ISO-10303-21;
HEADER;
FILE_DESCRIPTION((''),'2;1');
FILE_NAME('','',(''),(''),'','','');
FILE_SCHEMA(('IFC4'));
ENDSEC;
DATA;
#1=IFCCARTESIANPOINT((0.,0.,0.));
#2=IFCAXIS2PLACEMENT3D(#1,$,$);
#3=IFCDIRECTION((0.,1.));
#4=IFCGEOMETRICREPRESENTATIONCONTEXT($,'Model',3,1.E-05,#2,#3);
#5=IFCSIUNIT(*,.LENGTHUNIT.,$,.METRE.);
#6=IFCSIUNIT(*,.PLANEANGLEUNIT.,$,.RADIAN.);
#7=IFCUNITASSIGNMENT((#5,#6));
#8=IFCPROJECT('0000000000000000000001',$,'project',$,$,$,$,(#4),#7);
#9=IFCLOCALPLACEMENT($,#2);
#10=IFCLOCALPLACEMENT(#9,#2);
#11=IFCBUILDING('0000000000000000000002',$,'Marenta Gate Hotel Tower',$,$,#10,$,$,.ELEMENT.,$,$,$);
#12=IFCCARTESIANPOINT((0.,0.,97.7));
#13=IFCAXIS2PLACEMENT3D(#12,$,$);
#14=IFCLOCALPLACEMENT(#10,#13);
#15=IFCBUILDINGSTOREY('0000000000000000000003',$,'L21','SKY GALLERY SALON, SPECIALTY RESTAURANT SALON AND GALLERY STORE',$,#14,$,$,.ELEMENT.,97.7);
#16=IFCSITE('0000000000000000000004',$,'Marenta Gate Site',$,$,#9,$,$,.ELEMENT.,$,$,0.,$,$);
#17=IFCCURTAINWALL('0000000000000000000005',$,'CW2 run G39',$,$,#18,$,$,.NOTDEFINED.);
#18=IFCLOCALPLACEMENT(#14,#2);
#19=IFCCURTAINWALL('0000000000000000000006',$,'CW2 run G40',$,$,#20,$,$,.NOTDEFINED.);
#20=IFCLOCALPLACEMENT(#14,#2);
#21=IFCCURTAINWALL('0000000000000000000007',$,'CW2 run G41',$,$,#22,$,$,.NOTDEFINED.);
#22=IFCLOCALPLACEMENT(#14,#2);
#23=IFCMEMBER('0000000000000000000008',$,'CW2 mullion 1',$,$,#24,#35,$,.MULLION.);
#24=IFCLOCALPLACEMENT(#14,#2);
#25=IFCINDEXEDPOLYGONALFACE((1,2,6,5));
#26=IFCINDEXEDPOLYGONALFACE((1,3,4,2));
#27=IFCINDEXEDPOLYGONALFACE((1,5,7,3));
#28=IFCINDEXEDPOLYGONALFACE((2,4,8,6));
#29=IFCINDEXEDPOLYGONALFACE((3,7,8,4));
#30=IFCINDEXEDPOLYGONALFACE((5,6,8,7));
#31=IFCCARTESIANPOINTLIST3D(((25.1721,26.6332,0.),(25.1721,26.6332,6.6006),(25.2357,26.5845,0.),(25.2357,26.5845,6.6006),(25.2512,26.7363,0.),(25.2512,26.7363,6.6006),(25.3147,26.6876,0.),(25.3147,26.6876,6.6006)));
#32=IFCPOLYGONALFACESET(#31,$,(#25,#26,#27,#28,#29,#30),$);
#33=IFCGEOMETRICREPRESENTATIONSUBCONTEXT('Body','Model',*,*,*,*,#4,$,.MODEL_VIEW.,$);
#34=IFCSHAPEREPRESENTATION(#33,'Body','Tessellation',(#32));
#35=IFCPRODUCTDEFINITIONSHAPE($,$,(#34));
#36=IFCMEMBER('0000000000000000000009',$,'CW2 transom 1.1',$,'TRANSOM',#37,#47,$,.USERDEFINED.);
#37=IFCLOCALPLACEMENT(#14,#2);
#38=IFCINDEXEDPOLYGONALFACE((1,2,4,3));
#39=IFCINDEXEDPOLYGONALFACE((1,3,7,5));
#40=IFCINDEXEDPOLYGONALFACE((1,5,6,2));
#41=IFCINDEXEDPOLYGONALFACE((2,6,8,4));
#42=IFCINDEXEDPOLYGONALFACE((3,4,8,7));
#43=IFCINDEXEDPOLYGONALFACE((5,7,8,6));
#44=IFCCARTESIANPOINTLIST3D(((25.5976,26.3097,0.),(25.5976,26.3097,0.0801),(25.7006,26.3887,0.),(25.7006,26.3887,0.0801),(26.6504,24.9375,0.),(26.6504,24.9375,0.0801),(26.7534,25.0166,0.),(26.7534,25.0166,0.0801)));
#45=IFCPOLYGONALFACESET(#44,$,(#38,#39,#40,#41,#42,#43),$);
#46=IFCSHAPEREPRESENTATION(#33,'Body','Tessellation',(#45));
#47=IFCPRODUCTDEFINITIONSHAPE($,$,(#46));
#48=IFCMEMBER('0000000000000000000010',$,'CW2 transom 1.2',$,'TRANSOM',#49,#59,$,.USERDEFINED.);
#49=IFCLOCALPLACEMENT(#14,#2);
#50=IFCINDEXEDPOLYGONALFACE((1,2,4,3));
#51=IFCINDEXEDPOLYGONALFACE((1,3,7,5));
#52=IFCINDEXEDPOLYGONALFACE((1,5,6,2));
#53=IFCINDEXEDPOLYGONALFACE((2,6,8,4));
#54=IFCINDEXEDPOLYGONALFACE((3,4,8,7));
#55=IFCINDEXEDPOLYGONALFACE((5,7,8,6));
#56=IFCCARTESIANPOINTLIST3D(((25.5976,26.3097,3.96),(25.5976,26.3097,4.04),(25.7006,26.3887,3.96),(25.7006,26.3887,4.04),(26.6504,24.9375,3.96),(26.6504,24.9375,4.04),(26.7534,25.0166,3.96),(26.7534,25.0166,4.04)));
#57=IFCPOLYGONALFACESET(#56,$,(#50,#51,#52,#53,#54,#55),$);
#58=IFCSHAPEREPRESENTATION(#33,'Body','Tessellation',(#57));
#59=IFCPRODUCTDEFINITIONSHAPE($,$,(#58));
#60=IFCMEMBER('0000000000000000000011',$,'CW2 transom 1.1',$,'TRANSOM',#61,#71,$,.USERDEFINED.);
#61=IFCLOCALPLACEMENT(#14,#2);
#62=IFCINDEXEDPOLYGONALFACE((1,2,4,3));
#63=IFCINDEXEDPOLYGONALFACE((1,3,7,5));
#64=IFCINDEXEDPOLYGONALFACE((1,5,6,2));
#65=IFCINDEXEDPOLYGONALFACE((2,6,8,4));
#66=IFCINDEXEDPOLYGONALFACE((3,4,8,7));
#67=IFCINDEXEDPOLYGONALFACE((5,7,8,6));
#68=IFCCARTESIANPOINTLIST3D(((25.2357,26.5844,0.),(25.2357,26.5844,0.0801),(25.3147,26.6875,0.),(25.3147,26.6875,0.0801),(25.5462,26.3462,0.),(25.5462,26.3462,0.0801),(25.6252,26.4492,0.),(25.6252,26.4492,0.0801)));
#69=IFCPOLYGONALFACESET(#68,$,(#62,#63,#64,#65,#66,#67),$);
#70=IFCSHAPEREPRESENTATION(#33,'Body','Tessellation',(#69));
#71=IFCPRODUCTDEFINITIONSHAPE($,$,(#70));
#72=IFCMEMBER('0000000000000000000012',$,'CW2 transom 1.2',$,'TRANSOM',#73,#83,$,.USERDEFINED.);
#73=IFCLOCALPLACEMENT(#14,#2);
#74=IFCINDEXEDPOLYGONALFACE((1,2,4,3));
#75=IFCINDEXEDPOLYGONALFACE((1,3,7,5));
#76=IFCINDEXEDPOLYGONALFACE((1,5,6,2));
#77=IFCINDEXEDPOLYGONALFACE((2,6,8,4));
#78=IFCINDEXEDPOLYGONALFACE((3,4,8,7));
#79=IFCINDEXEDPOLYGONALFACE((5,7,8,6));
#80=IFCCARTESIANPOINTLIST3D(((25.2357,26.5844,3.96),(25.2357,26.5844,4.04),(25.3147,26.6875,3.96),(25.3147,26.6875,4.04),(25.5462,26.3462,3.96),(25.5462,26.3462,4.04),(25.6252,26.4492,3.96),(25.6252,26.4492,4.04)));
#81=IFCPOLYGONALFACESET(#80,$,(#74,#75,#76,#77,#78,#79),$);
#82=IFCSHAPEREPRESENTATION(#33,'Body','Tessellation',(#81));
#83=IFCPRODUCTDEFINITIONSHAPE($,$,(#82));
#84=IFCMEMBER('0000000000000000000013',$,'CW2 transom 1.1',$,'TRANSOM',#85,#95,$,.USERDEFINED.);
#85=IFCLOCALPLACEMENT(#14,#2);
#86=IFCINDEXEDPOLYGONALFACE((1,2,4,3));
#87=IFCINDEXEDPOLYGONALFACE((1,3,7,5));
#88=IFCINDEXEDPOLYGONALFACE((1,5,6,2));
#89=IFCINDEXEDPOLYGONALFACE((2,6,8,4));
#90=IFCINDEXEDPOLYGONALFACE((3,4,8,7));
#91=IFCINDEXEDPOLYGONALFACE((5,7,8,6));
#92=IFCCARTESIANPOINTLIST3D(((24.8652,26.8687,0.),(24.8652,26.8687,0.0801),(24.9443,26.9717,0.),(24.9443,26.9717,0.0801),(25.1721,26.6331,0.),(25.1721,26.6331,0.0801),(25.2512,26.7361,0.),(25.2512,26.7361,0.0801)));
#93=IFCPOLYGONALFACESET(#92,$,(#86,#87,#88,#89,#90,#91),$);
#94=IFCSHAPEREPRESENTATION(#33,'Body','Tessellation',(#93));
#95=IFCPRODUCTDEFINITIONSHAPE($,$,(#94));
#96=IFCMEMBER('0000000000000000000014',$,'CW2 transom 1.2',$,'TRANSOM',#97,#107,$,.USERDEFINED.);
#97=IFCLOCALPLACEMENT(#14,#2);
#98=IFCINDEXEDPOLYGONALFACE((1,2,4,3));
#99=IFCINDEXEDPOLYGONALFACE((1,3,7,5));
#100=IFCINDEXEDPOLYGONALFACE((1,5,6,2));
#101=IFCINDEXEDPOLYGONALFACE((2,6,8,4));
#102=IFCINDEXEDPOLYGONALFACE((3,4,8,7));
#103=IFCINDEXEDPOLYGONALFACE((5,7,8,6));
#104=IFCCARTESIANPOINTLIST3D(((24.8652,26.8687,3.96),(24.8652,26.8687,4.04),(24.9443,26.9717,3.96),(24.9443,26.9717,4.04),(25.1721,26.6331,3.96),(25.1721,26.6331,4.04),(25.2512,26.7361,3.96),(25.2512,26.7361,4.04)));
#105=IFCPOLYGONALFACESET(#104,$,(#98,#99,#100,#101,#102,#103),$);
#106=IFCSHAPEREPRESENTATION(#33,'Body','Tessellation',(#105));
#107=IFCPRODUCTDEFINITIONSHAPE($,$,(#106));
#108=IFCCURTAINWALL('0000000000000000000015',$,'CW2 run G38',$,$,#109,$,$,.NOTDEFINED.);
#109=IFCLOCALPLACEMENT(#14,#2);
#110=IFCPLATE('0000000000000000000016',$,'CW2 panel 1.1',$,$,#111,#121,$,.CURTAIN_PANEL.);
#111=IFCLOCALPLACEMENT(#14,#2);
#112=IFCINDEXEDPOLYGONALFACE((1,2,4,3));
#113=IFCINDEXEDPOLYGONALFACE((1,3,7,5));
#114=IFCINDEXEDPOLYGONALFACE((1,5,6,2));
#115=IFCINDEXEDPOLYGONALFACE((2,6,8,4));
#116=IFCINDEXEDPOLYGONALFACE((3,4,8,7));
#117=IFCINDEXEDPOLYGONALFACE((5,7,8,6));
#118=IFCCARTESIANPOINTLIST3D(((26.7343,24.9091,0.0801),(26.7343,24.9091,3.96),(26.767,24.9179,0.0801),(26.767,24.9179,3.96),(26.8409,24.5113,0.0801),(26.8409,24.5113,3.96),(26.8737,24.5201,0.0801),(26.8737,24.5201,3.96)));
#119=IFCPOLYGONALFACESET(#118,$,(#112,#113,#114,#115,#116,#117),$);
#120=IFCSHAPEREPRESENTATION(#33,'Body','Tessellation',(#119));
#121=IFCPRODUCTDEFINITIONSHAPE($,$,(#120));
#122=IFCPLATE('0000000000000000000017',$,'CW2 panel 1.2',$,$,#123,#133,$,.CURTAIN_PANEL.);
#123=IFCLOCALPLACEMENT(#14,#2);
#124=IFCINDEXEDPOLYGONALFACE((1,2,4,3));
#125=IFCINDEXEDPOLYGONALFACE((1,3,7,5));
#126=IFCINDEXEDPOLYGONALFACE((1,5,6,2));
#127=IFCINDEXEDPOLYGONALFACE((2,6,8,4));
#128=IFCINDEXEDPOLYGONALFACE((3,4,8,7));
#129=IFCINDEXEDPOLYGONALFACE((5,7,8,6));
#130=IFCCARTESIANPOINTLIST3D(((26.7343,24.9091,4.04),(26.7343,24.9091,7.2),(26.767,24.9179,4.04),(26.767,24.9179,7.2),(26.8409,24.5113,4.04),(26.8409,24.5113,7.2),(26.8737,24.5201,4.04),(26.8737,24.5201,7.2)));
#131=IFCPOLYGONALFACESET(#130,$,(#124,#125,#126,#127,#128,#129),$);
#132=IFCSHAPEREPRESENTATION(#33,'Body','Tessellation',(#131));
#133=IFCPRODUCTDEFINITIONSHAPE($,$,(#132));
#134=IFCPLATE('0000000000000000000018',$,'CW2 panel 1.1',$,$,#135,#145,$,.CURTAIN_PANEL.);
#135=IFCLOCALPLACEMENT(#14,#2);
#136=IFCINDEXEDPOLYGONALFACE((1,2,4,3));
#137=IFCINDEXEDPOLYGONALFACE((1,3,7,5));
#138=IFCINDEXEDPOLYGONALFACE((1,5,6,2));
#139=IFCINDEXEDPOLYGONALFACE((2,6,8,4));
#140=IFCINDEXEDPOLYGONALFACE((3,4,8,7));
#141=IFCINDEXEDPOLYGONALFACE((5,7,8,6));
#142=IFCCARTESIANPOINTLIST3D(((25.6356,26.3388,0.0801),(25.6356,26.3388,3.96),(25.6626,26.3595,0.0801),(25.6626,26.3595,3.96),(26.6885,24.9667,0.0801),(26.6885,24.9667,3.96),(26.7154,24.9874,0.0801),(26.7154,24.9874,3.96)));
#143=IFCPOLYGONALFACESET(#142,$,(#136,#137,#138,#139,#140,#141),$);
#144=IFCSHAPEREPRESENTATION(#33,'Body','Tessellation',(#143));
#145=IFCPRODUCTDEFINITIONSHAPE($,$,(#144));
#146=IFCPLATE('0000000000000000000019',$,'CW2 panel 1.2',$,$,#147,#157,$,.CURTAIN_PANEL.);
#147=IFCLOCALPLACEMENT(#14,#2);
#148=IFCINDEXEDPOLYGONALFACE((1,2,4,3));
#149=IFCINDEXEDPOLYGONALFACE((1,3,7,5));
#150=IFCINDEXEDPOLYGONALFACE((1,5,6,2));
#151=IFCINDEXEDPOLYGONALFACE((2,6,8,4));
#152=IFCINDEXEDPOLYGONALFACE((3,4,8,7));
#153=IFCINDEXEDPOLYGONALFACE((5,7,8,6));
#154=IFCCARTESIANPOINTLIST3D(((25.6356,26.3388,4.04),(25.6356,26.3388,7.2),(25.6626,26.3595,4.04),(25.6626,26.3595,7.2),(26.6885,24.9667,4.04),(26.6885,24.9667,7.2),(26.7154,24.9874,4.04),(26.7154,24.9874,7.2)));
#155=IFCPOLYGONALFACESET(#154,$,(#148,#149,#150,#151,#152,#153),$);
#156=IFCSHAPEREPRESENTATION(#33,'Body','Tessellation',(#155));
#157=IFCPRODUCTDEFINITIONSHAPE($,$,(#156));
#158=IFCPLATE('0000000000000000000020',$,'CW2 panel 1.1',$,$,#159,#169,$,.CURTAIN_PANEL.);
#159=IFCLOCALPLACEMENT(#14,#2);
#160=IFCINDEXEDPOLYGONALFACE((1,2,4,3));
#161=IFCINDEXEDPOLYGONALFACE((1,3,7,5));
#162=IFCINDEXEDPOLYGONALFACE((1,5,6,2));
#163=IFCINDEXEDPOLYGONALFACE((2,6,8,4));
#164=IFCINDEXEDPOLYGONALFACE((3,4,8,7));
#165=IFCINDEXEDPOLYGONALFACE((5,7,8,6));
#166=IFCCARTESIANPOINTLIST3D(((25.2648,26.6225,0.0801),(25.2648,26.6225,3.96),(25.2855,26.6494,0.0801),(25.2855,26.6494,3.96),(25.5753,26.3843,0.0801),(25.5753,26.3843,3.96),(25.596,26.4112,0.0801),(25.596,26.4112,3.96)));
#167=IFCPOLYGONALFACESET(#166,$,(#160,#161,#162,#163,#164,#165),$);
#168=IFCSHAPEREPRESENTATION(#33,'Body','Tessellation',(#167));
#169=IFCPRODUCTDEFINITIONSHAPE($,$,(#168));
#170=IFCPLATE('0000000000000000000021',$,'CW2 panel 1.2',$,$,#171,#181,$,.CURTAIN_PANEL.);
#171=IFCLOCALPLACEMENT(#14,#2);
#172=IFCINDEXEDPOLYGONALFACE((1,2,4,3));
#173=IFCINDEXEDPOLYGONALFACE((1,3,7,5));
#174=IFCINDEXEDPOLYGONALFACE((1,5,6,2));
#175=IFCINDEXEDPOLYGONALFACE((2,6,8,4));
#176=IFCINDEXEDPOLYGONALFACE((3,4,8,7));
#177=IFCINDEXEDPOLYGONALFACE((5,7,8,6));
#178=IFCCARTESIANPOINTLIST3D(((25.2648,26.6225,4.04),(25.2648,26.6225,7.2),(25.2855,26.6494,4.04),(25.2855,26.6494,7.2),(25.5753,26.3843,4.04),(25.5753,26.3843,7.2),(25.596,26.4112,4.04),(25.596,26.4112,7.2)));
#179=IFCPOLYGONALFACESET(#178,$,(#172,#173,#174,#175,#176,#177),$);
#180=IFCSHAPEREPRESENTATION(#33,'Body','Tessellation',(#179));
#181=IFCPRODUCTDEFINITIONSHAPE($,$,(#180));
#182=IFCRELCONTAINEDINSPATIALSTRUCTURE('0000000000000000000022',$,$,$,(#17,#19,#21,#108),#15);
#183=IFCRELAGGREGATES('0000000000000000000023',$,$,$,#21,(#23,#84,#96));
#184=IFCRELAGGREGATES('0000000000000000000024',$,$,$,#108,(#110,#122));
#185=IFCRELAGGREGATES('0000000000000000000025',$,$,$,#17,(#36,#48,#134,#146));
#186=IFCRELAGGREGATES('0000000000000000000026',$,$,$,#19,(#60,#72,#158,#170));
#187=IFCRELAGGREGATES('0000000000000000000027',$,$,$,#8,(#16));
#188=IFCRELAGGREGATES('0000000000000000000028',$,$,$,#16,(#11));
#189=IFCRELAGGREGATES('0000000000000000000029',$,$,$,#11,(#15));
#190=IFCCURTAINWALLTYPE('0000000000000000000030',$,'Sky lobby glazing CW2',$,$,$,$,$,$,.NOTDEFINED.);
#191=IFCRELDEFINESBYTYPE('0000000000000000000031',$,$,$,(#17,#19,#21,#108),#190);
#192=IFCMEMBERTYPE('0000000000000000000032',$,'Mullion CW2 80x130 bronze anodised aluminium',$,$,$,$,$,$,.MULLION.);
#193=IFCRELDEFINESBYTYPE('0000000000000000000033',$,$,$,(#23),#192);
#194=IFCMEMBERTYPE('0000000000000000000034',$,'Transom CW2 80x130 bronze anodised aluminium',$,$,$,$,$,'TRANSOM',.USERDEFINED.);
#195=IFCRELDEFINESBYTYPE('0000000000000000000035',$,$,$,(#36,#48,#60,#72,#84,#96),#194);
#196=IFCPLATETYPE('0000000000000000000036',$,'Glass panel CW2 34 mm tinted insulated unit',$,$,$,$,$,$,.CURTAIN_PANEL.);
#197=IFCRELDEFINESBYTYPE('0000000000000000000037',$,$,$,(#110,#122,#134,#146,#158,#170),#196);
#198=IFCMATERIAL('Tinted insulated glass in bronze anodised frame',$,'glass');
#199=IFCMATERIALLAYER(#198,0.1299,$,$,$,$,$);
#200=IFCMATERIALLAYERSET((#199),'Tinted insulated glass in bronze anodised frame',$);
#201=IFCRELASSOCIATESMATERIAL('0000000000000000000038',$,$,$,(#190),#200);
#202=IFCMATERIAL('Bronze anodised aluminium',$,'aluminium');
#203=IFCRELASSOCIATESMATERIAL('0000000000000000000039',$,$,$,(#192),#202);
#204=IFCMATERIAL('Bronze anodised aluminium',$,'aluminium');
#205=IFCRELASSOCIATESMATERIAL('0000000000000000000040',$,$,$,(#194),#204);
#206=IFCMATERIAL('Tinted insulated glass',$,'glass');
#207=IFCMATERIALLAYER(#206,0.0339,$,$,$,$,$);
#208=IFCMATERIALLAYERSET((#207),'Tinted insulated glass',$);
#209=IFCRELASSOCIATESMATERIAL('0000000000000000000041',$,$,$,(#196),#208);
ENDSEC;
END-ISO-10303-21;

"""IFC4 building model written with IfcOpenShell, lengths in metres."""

from ifc_helpers import new_model, si_unit, direction, frame, origin, origin_2d, place, context, subcontext, project, spatial, rectangle, extrude, material, layer, layer_set, material_profile, profile_set, type_object, element, aggregate, save


model = new_model("IFC4")

# Units and contexts
model_context = context("Model", 3, precision=1e-05, world=origin(), true_north=direction((0.0, 1.0)))
body_context = subcontext(model_context, "Body", "Model", "MODEL_VIEW")
ifc_project = project(units=[si_unit("LENGTHUNIT", "METRE"), si_unit("PLANEANGLEUNIT", "RADIAN")], contexts=[model_context])

# Site, building, storey
site_placement = place(None, origin())
site = spatial("IfcSite", under=ifc_project, at=site_placement, Name="Marenta Gate Site", CompositionType="ELEMENT", RefElevation=0.0)
building_placement = place(site_placement, origin())
building = spatial("IfcBuilding", under=site, at=building_placement, Name="Marenta Gate Hotel Tower", CompositionType="ELEMENT")
storey_placement = place(building_placement, frame((0.0, 0.0, 97.7)))
storey = spatial("IfcBuildingStorey", under=building, at=storey_placement, Name="L21", Description="SKY GALLERY SALON, SPECIALTY RESTAURANT SALON AND GALLERY STORE", CompositionType="ELEMENT", Elevation=97.7)

# Curtain walls, member
ifc_material_1 = material(Name="Tinted insulated glass in bronze anodised frame", Category="glass")
ifc_layer_1 = layer(ifc_material_1, 0.1299)
ifc_layer_set_1 = layer_set([ifc_layer_1], Name="Tinted insulated glass in bronze anodised frame")
curtain_wall_type = type_object("IfcCurtainWallType", Name="Sky lobby glazing CW2", PredefinedType="NOTDEFINED", material=ifc_layer_set_1)
curtain_wall_1_placement = place(storey_placement, origin())
curtain_wall_1 = element("IfcCurtainWall", 1, at=curtain_wall_1_placement, inside=storey, type_object=curtain_wall_type, Name="CW2 run G39", PredefinedType="NOTDEFINED")
ifc_material_2 = material(Name="Bronze anodised aluminium", Category="aluminium")
ifc_material_profile_1 = material_profile(ifc_material_2, rectangle(XDim=0.1299, YDim=0.0801, at=origin_2d()), Name="Mullion CW2 80x130 bronze anodised aluminium")
ifc_profile_set_1 = profile_set([ifc_material_profile_1], Name="Bronze anodised aluminium")
member_type_1 = type_object("IfcMemberType", Name="Mullion CW2 80x130 bronze anodised aluminium", PredefinedType="MULLION", material=ifc_profile_set_1)
curtain_wall_2_placement = place(storey_placement, origin())
curtain_wall_2 = element("IfcCurtainWall", 2, at=curtain_wall_2_placement, inside=storey, type_object=curtain_wall_type, Name="CW2 run G40", PredefinedType="NOTDEFINED")
curtain_wall_3_placement = place(storey_placement, origin())
curtain_wall_3 = element("IfcCurtainWall", 3, at=curtain_wall_3_placement, inside=storey, type_object=curtain_wall_type, Name="CW2 run G41", PredefinedType="NOTDEFINED")
member_1_placement = place(storey_placement, frame((25.2434, 26.6604, 0.0), z_axis=(0.0, 0.0, 1.0), x_axis=(-0.608634, -0.793451, 0.0)))
member_1 = element("IfcMember", 4, at=member_1_placement, type_object=member_type_1, Name="CW2 mullion 1", PredefinedType="MULLION", context=body_context, shape_type="SweptSolid", body=[
    extrude(rectangle(XDim=0.1299, YDim=0.0801, at=origin_2d()), origin(), (0.0, 0.0, 1.0), 6.6006),
])

# Members
ifc_material_3 = material(Name="Bronze anodised aluminium", Category="aluminium")
ifc_material_profile_2 = material_profile(ifc_material_3, rectangle(XDim=0.1299, YDim=0.0801, at=origin_2d()), Name="Transom CW2 80x130 bronze anodised aluminium")
ifc_profile_set_2 = profile_set([ifc_material_profile_2], Name="Bronze anodised aluminium")
member_type_2 = type_object("IfcMemberType", Name="Transom CW2 80x130 bronze anodised aluminium", ElementType="TRANSOM", PredefinedType="USERDEFINED", material=ifc_profile_set_2)
member_2_placement = place(storey_placement, frame((26.7019, 24.9771, 0.04), z_axis=(-0.608728, 0.793379, 0.0), x_axis=(-0.793379, -0.608728, 0.0)))
member_2 = element("IfcMember", 5, at=member_2_placement, type_object=member_type_2, Name="CW2 transom 1.1", ObjectType="TRANSOM", PredefinedType="USERDEFINED", context=body_context, shape_type="SweptSolid", body=[
    extrude(rectangle(XDim=0.1299, YDim=0.0801, at=origin_2d()), origin(), (0.0, 0.0, 1.0), 1.7295),
])
member_3_placement = place(storey_placement, frame((26.7019, 24.9771, 4.0), z_axis=(-0.608728, 0.793379, 0.0), x_axis=(-0.793379, -0.608728, 0.0)))
member_3 = element("IfcMember", 6, at=member_3_placement, type_object=member_type_2, Name="CW2 transom 1.2", ObjectType="TRANSOM", PredefinedType="USERDEFINED", context=body_context, shape_type="SweptSolid", body=[
    extrude(rectangle(XDim=0.1299, YDim=0.0801, at=origin_2d()), origin(), (0.0, 0.0, 1.0), 1.7295),
])
member_4_placement = place(storey_placement, frame((25.5857, 26.3977, 0.04), z_axis=(-0.793365, 0.608746, 0.0), x_axis=(-0.608746, -0.793365, 0.0)))
member_4 = element("IfcMember", 7, at=member_4_placement, type_object=member_type_2, Name="CW2 transom 1.1", ObjectType="TRANSOM", PredefinedType="USERDEFINED", context=body_context, shape_type="SweptSolid", body=[
    extrude(rectangle(XDim=0.1299, YDim=0.0801, at=origin_2d()), origin(), (0.0, 0.0, 1.0), 0.3914),
])
member_5_placement = place(storey_placement, frame((25.5857, 26.3977, 4.0), z_axis=(-0.793365, 0.608746, 0.0), x_axis=(-0.608746, -0.793365, 0.0)))
member_5 = element("IfcMember", 8, at=member_5_placement, type_object=member_type_2, Name="CW2 transom 1.2", ObjectType="TRANSOM", PredefinedType="USERDEFINED", context=body_context, shape_type="SweptSolid", body=[
    extrude(rectangle(XDim=0.1299, YDim=0.0801, at=origin_2d()), origin(), (0.0, 0.0, 1.0), 0.3914),
])
member_6_placement = place(storey_placement, frame((25.2117, 26.6846, 0.04), z_axis=(-0.79321, 0.608948, 0.0), x_axis=(-0.608948, -0.79321, 0.0)))
member_6 = element("IfcMember", 9, at=member_6_placement, type_object=member_type_2, Name="CW2 transom 1.1", ObjectType="TRANSOM", PredefinedType="USERDEFINED", context=body_context, shape_type="SweptSolid", body=[
    extrude(rectangle(XDim=0.1299, YDim=0.0801, at=origin_2d()), origin(), (0.0, 0.0, 1.0), 0.387),
])
member_7_placement = place(storey_placement, frame((25.2117, 26.6846, 4.0), z_axis=(-0.79321, 0.608948, 0.0), x_axis=(-0.608948, -0.79321, 0.0)))
member_7 = element("IfcMember", 10, at=member_7_placement, type_object=member_type_2, Name="CW2 transom 1.2", ObjectType="TRANSOM", PredefinedType="USERDEFINED", context=body_context, shape_type="SweptSolid", body=[
    extrude(rectangle(XDim=0.1299, YDim=0.0801, at=origin_2d()), origin(), (0.0, 0.0, 1.0), 0.387),
])
aggregate(curtain_wall_3, [member_1, member_6, member_7])

# Curtain wall, plates
curtain_wall_4_placement = place(storey_placement, origin())
curtain_wall_4 = element("IfcCurtainWall", 11, at=curtain_wall_4_placement, inside=storey, type_object=curtain_wall_type, Name="CW2 run G38", PredefinedType="NOTDEFINED")
ifc_material_4 = material(Name="Tinted insulated glass", Category="glass")
ifc_layer_2 = layer(ifc_material_4, 0.0339)
ifc_layer_set_2 = layer_set([ifc_layer_2], Name="Tinted insulated glass")
plate_type = type_object("IfcPlateType", Name="Glass panel CW2 34 mm tinted insulated unit", PredefinedType="CURTAIN_PANEL", material=ifc_layer_set_2)
plate_1_placement = place(storey_placement, frame((26.804, 24.7146, 0.0801), z_axis=(0.0, 0.0, 1.0), x_axis=(-0.258865, 0.965914, 0.0)))
plate_1 = element("IfcPlate", 12, at=plate_1_placement, type_object=plate_type, Name="CW2 panel 1.1", PredefinedType="CURTAIN_PANEL", context=body_context, shape_type="SweptSolid", body=[
    extrude(rectangle(XDim=0.4119, YDim=0.0339, at=origin_2d()), origin(), (0.0, 0.0, 1.0), 3.8799),
])
plate_2_placement = place(storey_placement, frame((26.804, 24.7146, 4.04), z_axis=(0.0, 0.0, 1.0), x_axis=(-0.258865, 0.965914, 0.0)))
plate_2 = element("IfcPlate", 13, at=plate_2_placement, type_object=plate_type, Name="CW2 panel 1.2", PredefinedType="CURTAIN_PANEL", context=body_context, shape_type="SweptSolid", body=[
    extrude(rectangle(XDim=0.4119, YDim=0.0339, at=origin_2d()), origin(), (0.0, 0.0, 1.0), 3.1599),
])
aggregate(curtain_wall_4, [plate_1, plate_2])

# Plates
plate_3_placement = place(storey_placement, frame((26.1755, 25.6631, 0.0801), z_axis=(0.0, 0.0, 1.0), x_axis=(-0.60877, 0.793347, 0.0)))
plate_3 = element("IfcPlate", 14, at=plate_3_placement, type_object=plate_type, Name="CW2 panel 1.1", PredefinedType="CURTAIN_PANEL", context=body_context, shape_type="SweptSolid", body=[
    extrude(rectangle(XDim=1.7295, YDim=0.0339, at=origin_2d()), origin(), (0.0, 0.0, 1.0), 3.8799),
])
plate_4_placement = place(storey_placement, frame((26.1755, 25.6631, 4.04), z_axis=(0.0, 0.0, 1.0), x_axis=(-0.60877, 0.793347, 0.0)))
plate_4 = element("IfcPlate", 15, at=plate_4_placement, type_object=plate_type, Name="CW2 panel 1.2", PredefinedType="CURTAIN_PANEL", context=body_context, shape_type="SweptSolid", body=[
    extrude(rectangle(XDim=1.7295, YDim=0.0339, at=origin_2d()), origin(), (0.0, 0.0, 1.0), 3.1599),
])
aggregate(curtain_wall_1, [member_2, member_3, plate_3, plate_4])
plate_5_placement = place(storey_placement, frame((25.4304, 26.5168, 0.0801), z_axis=(0.0, 0.0, 1.0), x_axis=(-0.793357, 0.608757, 0.0)))
plate_5 = element("IfcPlate", 16, at=plate_5_placement, type_object=plate_type, Name="CW2 panel 1.1", PredefinedType="CURTAIN_PANEL", context=body_context, shape_type="SweptSolid", body=[
    extrude(rectangle(XDim=0.3914, YDim=0.0339, at=origin_2d()), origin(), (0.0, 0.0, 1.0), 3.8799),
])
plate_6_placement = place(storey_placement, frame((25.4304, 26.5168, 4.04), z_axis=(0.0, 0.0, 1.0), x_axis=(-0.793357, 0.608757, 0.0)))
plate_6 = element("IfcPlate", 17, at=plate_6_placement, type_object=plate_type, Name="CW2 panel 1.2", PredefinedType="CURTAIN_PANEL", context=body_context, shape_type="SweptSolid", body=[
    extrude(rectangle(XDim=0.3914, YDim=0.0339, at=origin_2d()), origin(), (0.0, 0.0, 1.0), 3.1599),
])
aggregate(curtain_wall_2, [member_4, member_5, plate_5, plate_6])

save(model, "model.ifc")
